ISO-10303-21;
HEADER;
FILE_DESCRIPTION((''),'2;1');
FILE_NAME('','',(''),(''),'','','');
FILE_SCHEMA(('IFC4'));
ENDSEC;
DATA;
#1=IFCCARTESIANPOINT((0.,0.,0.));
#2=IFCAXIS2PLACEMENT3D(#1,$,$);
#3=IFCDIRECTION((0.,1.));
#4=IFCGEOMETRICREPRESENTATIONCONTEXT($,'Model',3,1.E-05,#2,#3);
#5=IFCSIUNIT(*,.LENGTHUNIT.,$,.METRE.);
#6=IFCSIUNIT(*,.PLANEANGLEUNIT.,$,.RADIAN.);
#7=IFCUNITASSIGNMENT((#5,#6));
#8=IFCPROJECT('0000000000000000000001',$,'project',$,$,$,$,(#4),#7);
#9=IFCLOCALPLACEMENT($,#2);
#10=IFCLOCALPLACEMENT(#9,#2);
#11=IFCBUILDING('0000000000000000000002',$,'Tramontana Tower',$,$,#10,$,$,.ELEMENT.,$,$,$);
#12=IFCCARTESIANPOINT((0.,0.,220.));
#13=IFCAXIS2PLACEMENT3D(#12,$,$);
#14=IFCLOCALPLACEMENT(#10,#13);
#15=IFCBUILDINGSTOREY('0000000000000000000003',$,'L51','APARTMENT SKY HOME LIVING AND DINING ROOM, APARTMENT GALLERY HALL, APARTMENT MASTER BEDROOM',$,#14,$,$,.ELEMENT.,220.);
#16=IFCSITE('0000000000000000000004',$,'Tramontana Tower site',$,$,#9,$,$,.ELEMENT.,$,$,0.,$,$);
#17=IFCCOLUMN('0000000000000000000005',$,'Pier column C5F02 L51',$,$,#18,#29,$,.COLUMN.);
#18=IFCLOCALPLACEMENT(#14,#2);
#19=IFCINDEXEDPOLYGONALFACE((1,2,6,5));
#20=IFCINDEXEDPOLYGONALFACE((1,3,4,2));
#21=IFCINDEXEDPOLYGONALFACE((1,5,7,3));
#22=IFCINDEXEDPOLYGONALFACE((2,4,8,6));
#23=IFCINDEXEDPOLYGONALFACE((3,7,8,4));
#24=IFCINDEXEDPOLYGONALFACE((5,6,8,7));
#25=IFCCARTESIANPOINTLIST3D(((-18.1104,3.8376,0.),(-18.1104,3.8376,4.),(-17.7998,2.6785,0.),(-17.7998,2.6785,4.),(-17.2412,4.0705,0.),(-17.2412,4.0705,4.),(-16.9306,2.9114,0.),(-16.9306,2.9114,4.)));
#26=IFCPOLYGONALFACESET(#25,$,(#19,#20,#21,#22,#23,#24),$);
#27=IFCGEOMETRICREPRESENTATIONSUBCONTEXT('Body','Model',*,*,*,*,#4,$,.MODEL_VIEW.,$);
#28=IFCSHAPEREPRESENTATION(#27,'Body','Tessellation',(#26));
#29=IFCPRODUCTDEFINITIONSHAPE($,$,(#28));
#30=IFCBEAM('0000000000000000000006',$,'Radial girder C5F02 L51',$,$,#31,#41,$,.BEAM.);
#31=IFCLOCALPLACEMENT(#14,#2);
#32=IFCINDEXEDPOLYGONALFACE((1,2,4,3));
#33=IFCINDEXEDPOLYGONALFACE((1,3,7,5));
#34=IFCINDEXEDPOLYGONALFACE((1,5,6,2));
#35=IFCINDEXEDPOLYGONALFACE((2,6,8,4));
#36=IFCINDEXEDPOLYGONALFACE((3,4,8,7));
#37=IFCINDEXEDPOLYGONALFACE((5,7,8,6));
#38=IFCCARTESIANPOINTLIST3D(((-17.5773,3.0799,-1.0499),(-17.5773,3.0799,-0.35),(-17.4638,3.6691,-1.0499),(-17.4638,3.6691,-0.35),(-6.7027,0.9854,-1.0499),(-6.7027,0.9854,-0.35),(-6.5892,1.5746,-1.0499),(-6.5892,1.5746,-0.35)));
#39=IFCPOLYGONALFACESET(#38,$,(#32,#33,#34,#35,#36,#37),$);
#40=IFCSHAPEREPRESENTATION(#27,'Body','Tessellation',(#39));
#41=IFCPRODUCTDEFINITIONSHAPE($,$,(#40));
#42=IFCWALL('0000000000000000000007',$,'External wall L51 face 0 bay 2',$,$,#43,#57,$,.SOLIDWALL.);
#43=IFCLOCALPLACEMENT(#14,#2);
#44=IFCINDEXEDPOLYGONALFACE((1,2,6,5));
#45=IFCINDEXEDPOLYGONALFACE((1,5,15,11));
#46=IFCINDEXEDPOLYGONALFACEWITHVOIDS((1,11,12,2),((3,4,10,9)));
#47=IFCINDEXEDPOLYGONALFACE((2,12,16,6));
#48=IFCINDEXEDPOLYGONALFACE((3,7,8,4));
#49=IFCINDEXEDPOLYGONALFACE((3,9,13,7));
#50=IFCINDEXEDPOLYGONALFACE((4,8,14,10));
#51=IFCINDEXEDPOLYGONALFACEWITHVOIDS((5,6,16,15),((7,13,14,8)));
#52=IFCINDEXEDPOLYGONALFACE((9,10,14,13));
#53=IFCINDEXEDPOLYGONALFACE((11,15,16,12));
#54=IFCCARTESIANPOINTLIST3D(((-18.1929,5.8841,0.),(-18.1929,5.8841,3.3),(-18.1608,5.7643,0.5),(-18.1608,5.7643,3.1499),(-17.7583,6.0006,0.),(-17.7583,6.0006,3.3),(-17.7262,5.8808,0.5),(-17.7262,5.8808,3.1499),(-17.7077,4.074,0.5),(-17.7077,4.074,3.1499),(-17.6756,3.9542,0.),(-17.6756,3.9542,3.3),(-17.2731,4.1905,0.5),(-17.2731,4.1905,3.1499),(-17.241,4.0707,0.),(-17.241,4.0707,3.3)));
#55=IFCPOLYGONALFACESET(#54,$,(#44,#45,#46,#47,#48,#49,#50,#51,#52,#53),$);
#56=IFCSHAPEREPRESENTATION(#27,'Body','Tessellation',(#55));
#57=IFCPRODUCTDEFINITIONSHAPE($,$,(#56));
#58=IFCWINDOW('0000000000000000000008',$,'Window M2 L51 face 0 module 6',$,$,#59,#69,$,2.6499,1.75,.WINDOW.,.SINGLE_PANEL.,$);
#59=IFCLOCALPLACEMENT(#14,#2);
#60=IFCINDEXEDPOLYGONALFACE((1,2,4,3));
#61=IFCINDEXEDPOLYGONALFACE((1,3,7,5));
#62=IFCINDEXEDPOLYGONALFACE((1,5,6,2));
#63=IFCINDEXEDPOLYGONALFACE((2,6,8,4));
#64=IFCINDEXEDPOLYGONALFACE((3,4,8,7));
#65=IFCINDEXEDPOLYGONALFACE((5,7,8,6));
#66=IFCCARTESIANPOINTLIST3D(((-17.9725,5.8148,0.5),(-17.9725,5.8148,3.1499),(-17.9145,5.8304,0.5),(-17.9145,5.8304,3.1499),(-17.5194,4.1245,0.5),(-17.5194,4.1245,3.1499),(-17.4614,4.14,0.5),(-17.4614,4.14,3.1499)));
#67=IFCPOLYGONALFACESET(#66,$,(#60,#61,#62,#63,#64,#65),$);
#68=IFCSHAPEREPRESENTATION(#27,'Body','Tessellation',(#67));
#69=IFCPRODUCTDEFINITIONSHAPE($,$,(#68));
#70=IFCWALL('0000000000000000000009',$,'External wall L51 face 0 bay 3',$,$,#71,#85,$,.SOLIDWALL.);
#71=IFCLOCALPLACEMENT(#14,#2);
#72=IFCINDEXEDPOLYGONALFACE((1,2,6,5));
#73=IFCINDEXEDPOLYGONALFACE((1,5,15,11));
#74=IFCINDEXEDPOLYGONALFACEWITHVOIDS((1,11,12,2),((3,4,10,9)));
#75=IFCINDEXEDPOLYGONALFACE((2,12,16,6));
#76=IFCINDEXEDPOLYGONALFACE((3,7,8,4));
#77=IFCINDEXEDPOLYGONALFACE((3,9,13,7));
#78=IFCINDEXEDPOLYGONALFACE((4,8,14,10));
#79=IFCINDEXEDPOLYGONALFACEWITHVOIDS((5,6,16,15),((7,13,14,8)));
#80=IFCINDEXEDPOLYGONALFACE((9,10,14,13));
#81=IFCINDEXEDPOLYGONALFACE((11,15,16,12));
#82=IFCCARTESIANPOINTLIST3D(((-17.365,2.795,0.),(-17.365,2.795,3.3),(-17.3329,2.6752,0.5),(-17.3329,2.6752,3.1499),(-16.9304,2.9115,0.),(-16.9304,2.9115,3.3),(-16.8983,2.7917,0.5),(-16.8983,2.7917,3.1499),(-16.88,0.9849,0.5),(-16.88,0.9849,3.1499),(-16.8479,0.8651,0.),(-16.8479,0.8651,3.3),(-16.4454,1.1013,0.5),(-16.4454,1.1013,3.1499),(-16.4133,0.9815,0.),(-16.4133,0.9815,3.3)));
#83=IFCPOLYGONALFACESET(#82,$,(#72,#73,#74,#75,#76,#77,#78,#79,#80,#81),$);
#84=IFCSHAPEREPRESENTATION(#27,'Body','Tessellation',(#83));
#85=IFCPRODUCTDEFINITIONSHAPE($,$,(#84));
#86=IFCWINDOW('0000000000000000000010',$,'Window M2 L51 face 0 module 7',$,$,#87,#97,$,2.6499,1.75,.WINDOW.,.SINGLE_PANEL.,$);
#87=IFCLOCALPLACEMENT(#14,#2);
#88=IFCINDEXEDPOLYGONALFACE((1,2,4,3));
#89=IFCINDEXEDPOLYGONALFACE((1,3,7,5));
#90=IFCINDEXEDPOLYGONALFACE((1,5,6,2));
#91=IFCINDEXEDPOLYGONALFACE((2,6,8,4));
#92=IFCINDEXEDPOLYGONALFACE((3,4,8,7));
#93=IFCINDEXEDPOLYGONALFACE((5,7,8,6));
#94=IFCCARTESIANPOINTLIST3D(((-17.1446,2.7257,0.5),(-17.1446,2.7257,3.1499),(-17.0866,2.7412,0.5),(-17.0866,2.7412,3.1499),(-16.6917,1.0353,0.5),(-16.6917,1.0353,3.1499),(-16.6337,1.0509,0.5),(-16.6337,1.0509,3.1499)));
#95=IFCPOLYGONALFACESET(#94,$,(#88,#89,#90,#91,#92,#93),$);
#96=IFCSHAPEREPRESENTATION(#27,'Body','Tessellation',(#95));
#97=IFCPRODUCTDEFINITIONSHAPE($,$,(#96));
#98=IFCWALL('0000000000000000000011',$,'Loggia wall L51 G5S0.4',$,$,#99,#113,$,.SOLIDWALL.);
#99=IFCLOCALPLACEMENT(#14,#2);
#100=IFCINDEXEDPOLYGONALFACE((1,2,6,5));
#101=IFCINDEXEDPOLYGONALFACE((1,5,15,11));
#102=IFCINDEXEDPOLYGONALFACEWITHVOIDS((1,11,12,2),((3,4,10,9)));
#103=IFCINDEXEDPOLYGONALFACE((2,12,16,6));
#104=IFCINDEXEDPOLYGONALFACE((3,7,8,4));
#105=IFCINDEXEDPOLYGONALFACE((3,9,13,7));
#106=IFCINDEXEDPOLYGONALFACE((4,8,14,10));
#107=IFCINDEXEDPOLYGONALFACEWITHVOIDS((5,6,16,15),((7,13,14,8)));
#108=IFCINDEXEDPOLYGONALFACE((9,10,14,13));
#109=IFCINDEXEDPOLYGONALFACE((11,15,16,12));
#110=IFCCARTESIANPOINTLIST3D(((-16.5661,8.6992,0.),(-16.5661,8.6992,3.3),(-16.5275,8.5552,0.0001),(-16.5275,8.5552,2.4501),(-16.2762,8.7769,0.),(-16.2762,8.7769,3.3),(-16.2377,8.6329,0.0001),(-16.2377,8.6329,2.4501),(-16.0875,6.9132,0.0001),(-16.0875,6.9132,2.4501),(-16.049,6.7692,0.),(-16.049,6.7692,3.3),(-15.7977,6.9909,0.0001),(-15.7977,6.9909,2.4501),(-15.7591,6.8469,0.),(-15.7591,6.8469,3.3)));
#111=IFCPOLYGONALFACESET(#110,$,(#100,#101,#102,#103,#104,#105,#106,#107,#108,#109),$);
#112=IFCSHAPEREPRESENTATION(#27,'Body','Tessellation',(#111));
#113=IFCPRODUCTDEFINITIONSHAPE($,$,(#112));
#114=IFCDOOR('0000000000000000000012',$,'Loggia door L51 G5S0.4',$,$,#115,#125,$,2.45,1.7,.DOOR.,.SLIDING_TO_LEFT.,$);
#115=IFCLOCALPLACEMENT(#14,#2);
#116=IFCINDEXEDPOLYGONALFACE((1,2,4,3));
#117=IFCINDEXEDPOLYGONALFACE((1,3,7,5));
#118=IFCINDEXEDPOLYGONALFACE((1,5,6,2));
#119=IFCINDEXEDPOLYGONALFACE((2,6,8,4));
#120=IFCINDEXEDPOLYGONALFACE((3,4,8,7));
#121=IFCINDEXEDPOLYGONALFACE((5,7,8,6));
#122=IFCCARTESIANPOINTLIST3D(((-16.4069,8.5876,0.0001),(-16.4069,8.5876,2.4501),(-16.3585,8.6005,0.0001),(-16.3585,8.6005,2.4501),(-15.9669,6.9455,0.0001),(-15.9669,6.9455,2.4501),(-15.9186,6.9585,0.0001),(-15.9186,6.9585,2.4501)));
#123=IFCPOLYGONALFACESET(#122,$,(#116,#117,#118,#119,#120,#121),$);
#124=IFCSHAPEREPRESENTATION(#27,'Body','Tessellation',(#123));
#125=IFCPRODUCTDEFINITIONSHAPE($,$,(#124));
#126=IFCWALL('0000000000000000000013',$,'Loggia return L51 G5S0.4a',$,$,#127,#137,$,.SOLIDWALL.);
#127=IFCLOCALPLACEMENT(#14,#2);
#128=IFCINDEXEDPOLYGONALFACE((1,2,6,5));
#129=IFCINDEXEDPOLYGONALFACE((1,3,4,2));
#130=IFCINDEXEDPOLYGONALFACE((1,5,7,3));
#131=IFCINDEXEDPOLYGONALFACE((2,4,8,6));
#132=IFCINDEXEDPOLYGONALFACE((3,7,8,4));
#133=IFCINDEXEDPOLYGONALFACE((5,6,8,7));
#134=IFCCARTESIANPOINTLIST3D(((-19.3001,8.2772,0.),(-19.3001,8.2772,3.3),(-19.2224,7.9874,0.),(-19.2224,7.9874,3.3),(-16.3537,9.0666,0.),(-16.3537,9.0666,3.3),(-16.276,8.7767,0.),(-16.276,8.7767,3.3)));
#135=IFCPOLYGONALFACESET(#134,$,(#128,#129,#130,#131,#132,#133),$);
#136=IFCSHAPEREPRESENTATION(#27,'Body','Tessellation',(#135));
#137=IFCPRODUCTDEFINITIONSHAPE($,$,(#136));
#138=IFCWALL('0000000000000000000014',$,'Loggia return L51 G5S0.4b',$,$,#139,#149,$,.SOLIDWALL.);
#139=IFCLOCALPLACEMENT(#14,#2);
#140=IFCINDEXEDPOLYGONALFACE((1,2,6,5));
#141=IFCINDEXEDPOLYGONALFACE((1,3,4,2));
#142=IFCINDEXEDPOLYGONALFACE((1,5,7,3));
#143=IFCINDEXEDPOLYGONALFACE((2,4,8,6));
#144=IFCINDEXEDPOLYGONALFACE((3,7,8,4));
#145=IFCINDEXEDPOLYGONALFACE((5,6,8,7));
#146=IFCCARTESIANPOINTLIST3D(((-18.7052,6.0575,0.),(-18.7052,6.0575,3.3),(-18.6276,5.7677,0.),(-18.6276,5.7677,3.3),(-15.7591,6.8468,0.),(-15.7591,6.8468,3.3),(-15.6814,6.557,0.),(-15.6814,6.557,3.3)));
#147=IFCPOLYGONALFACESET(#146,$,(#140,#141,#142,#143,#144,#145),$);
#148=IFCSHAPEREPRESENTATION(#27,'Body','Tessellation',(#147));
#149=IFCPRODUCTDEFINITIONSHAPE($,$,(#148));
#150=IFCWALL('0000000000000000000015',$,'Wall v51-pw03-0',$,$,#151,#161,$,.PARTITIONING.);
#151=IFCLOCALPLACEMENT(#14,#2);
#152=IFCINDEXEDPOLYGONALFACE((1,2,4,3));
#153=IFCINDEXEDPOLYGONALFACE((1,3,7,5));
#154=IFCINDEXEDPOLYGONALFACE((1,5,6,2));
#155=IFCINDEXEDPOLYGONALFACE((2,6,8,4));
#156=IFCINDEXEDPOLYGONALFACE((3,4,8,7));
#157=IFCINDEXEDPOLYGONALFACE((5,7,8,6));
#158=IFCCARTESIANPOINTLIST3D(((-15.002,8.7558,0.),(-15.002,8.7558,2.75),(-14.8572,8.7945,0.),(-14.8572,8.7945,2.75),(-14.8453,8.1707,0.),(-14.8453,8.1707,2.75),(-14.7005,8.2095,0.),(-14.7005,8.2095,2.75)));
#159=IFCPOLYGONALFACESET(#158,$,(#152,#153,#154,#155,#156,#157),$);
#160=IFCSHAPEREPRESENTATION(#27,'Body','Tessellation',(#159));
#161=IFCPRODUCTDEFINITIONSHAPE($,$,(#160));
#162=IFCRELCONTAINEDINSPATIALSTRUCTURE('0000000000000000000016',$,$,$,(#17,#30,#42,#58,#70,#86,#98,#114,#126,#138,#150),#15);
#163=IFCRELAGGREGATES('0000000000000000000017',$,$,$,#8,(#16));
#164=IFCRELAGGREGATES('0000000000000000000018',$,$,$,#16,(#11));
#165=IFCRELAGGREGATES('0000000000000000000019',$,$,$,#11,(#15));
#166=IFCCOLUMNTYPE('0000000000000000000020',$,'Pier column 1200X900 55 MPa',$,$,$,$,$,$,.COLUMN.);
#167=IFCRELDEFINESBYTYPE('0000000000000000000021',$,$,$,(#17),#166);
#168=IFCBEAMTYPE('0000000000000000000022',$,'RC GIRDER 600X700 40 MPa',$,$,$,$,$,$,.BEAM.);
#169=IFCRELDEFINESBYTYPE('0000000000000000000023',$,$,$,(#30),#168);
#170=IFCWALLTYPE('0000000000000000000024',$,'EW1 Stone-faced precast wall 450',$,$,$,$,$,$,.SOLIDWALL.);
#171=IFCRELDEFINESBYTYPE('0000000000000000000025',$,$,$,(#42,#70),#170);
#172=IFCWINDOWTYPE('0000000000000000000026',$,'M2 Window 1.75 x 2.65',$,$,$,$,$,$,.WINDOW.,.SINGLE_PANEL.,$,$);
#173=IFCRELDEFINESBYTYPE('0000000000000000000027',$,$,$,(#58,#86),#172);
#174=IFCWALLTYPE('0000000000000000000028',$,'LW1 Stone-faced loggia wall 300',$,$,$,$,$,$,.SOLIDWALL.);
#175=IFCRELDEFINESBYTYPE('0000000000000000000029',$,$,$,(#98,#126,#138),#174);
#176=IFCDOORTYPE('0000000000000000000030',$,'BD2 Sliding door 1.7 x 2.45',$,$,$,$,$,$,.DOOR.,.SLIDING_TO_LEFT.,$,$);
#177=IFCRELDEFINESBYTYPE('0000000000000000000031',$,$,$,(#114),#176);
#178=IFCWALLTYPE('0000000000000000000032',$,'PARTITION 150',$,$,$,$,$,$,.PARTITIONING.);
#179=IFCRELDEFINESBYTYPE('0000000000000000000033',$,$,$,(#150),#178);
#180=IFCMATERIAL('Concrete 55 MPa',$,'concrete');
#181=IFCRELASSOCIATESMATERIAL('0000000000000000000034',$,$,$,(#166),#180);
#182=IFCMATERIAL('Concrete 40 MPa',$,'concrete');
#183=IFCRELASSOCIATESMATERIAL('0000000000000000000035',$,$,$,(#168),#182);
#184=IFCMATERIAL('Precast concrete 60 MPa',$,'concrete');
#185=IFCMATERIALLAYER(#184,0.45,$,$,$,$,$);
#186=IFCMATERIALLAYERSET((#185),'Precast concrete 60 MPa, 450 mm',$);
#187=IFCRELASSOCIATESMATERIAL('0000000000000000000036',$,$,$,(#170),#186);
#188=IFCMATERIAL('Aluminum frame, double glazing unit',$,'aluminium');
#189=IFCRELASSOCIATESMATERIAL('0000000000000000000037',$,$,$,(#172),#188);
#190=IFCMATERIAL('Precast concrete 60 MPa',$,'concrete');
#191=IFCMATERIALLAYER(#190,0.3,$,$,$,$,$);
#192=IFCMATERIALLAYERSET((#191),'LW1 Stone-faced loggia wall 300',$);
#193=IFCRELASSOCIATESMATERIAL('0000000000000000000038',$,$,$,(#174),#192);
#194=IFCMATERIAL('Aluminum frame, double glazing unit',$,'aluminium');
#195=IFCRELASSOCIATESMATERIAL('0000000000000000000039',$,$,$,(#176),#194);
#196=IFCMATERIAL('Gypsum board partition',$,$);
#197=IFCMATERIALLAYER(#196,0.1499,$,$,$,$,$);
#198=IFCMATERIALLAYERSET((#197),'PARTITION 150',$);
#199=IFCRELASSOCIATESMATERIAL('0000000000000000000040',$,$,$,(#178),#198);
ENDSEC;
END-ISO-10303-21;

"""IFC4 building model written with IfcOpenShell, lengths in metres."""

from ifc_helpers import new_model, si_unit, direction, frame, frame_2d, origin, origin_2d, place, context, subcontext, project, spatial, rectangle, extrude, material, layer, layer_set, material_profile, profile_set, type_object, element, fill, save


model = new_model("IFC4")

# Units and contexts
model_context = context("Model", 3, precision=1e-05, world=origin(), true_north=direction((0.0, 1.0)))
body_context = subcontext(model_context, "Body", "Model", "MODEL_VIEW")
ifc_project = project(units=[si_unit("LENGTHUNIT", "METRE"), si_unit("PLANEANGLEUNIT", "RADIAN")], contexts=[model_context])

# Site, building, storey
site_placement = place(None, origin())
site = spatial("IfcSite", under=ifc_project, at=site_placement, Name="Tramontana Tower site", CompositionType="ELEMENT", RefElevation=0.0)
building_placement = place(site_placement, origin())
building = spatial("IfcBuilding", under=site, at=building_placement, Name="Tramontana Tower", CompositionType="ELEMENT")
storey_placement = place(building_placement, frame((0.0, 0.0, 220.0)))
storey = spatial("IfcBuildingStorey", under=building, at=storey_placement, Name="L51", Description="APARTMENT SKY HOME LIVING AND DINING ROOM, APARTMENT GALLERY HALL, APARTMENT MASTER BEDROOM", CompositionType="ELEMENT", Elevation=220.0)

# Column
ifc_material_1 = material(Name="Concrete 55 MPa", Category="concrete")
ifc_material_profile_1 = material_profile(ifc_material_1, rectangle(XDim=1.2, YDim=0.8999, at=origin_2d()), Name="Pier column 1200X900 55 MPa")
ifc_profile_set_1 = profile_set([ifc_material_profile_1], Name="Concrete 55 MPa")
column_type = type_object("IfcColumnType", Name="Pier column 1200X900 55 MPa", PredefinedType="COLUMN", material=ifc_profile_set_1)
column_placement = place(storey_placement, frame((-17.5205, 3.3745, 0.0), z_axis=(0.0, 0.0, 1.0), x_axis=(0.258819, -0.965926, 0.0)))
element("IfcColumn", 1, at=column_placement, inside=storey, type_object=column_type, Name="Pier column C5F02 L51", PredefinedType="COLUMN", context=body_context, shape_type="SweptSolid", body=[
    extrude(rectangle(XDim=1.2, YDim=0.8999, at=origin_2d()), origin(), (0.0, 0.0, 1.0), 4.0),
])

# Beam
ifc_material_2 = material(Name="Concrete 40 MPa", Category="concrete")
ifc_material_profile_2 = material_profile(ifc_material_2, rectangle(XDim=0.6001, YDim=0.7, at=origin_2d()), Name="RC GIRDER 600X700 40 MPa")
ifc_profile_set_2 = profile_set([ifc_material_profile_2], Name="Concrete 40 MPa")
beam_type = type_object("IfcBeamType", Name="RC GIRDER 600X700 40 MPa", PredefinedType="BEAM", material=ifc_profile_set_2)
beam_placement = place(storey_placement, frame((-17.5205, 3.3745, -0.7), z_axis=(0.981952, -0.189129, 0.0), x_axis=(0.189129, 0.981952, 0.0)))
element("IfcBeam", 2, at=beam_placement, inside=storey, type_object=beam_type, Name="Radial girder C5F02 L51", PredefinedType="BEAM", context=body_context, shape_type="SweptSolid", body=[
    extrude(rectangle(XDim=0.6001, YDim=0.7, at=origin_2d()), origin(), (0.0, 0.0, 1.0), 11.0745),
])

# Walls, openings, windows
ifc_material_3 = material(Name="Precast concrete 60 MPa", Category="concrete")
ifc_layer_1 = layer(ifc_material_3, 0.45)
ifc_layer_set_1 = layer_set([ifc_layer_1], Name="Precast concrete 60 MPa, 450 mm")
wall_type_1 = type_object("IfcWallType", Name="EW1 Stone-faced precast wall 450", PredefinedType="SOLIDWALL", material=ifc_layer_set_1)
wall_1_placement = place(storey_placement, frame((-17.9756, 5.9424, 0.0), z_axis=(0.0, 0.0, 1.0), x_axis=(0.258917, -0.9659, 0.0)))
wall_1 = element("IfcWall", 3, at=wall_1_placement, inside=storey, type_object=wall_type_1, Name="External wall L51 face 0 bay 2", PredefinedType="SOLIDWALL", context=body_context, shape_type="SweptSolid", body=[
    extrude(rectangle(XDim=1.998, YDim=0.45, at=frame_2d((0.999, 0.0))), origin(), (0.0, 0.0, 1.0), 3.3),
])
opening_1_placement = place(wall_1_placement, frame((0.124, 0.0, 0.5)))
opening_1 = element("IfcOpeningElement", 4, at=opening_1_placement, cuts=wall_1, PredefinedType="OPENING", context=body_context, shape_type="SweptSolid", body=[
    extrude(rectangle(XDim=1.75, YDim=2.6499, at=frame_2d((0.875, 1.325))), frame((0.0, 0.2349, 0.0), z_axis=(0.0, -1.0, 0.0), x_axis=(1.0, 0.0, 0.0)), (0.0, 0.0, 1.0), 0.47),
])
ifc_material_4 = material(Name="Aluminum frame, double glazing unit", Category="aluminium")
window_type = type_object("IfcWindowType", Name="M2 Window 1.75 x 2.65", PartitioningType="SINGLE_PANEL", PredefinedType="WINDOW", material=ifc_material_4)
window_1_placement = place(opening_1_placement, origin())
window_1 = element("IfcWindow", 5, at=window_1_placement, inside=storey, type_object=window_type, Name="Window M2 L51 face 0 module 6", OverallHeight=2.6499, OverallWidth=1.75, PartitioningType="SINGLE_PANEL", PredefinedType="WINDOW", context=body_context, shape_type="SweptSolid", body=[
    extrude(rectangle(XDim=1.75, YDim=2.6499, at=frame_2d((0.875, 1.325))), frame((0.0, 0.03, 0.0), z_axis=(0.0, -1.0, 0.0), x_axis=(1.0, 0.0, 0.0)), (0.0, 0.0, 1.0), 0.0601),
])
fill(opening_1, window_1)
wall_2_placement = place(storey_placement, frame((-17.1477, 2.8533, 0.0), z_axis=(0.0, 0.0, 1.0), x_axis=(0.258803, -0.96593, 0.0)))
wall_2 = element("IfcWall", 6, at=wall_2_placement, inside=storey, type_object=wall_type_1, Name="External wall L51 face 0 bay 3", PredefinedType="SOLIDWALL", context=body_context, shape_type="SweptSolid", body=[
    extrude(rectangle(XDim=1.998, YDim=0.45, at=frame_2d((0.999, 0.0))), origin(), (0.0, 0.0, 1.0), 3.3),
])
opening_2_placement = place(wall_2_placement, frame((0.124, 0.0, 0.5)))
opening_2 = element("IfcOpeningElement", 7, at=opening_2_placement, cuts=wall_2, PredefinedType="OPENING", context=body_context, shape_type="SweptSolid", body=[
    extrude(rectangle(XDim=1.75, YDim=2.6499, at=frame_2d((0.875, 1.325))), frame((0.0, 0.2349, 0.0), z_axis=(0.0, -1.0, 0.0), x_axis=(1.0, 0.0, 0.0)), (0.0, 0.0, 1.0), 0.47),
])
window_2_placement = place(opening_2_placement, origin())
window_2 = element("IfcWindow", 8, at=window_2_placement, inside=storey, type_object=window_type, Name="Window M2 L51 face 0 module 7", OverallHeight=2.6499, OverallWidth=1.75, PartitioningType="SINGLE_PANEL", PredefinedType="WINDOW", context=body_context, shape_type="SweptSolid", body=[
    extrude(rectangle(XDim=1.75, YDim=2.6499, at=frame_2d((0.875, 1.325))), frame((0.0, 0.03, 0.0), z_axis=(0.0, -1.0, 0.0), x_axis=(1.0, 0.0, 0.0)), (0.0, 0.0, 1.0), 0.0601),
])
fill(opening_2, window_2)

# Wall, opening, door
ifc_material_5 = material(Name="Precast concrete 60 MPa", Category="concrete")
ifc_layer_2 = layer(ifc_material_5, 0.3)
ifc_layer_set_2 = layer_set([ifc_layer_2], Name="LW1 Stone-faced loggia wall 300")
wall_type_2 = type_object("IfcWallType", Name="LW1 Stone-faced loggia wall 300", PredefinedType="SOLIDWALL", material=ifc_layer_set_2)
wall_3_placement = place(storey_placement, frame((-16.4211, 8.738, 0.0), z_axis=(0.0, 0.0, 1.0), x_axis=(0.258803, -0.96593, 0.0)))
wall_3 = element("IfcWall", 9, at=wall_3_placement, inside=storey, type_object=wall_type_2, Name="Loggia wall L51 G5S0.4", PredefinedType="SOLIDWALL", context=body_context, shape_type="SweptSolid", body=[
    extrude(rectangle(XDim=1.998, YDim=0.3, at=frame_2d((0.999, 0.0))), origin(), (0.0, 0.0, 1.0), 3.3),
])
opening_3_placement = place(wall_3_placement, frame((0.1489, 0.0, 0.0)))
opening_3 = element("IfcOpeningElement", 10, at=opening_3_placement, cuts=wall_3, PredefinedType="OPENING", context=body_context, shape_type="SweptSolid", body=[
    extrude(rectangle(XDim=1.7, YDim=2.45, at=frame_2d((0.8501, 1.2251))), frame((0.0, 0.1599, 0.0), z_axis=(0.0, -1.0, 0.0), x_axis=(1.0, 0.0, 0.0)), (0.0, 0.0, 1.0), 0.3201),
])
ifc_material_6 = material(Name="Aluminum frame, double glazing unit", Category="aluminium")
door_type = type_object("IfcDoorType", Name="BD2 Sliding door 1.7 x 2.45", OperationType="SLIDING_TO_LEFT", PredefinedType="DOOR", material=ifc_material_6)
door_placement = place(opening_3_placement, origin())
door = element("IfcDoor", 11, at=door_placement, inside=storey, type_object=door_type, Name="Loggia door L51 G5S0.4", OperationType="SLIDING_TO_LEFT", OverallHeight=2.45, OverallWidth=1.7, PredefinedType="DOOR", context=body_context, shape_type="SweptSolid", body=[
    extrude(rectangle(XDim=1.7, YDim=2.45, at=frame_2d((0.8501, 1.2251))), frame((0.0, 0.0249, 0.0), z_axis=(0.0, -1.0, 0.0), x_axis=(1.0, 0.0, 0.0)), (0.0, 0.0, 1.0), 0.05),
])
fill(opening_3, door)

# Walls
wall_4_placement = place(storey_placement, frame((-19.2612, 8.1323, 0.0), z_axis=(0.0, 0.0, 1.0), x_axis=(0.965938, 0.258773, 0.0)))
element("IfcWall", 12, at=wall_4_placement, inside=storey, type_object=wall_type_2, Name="Loggia return L51 G5S0.4a", PredefinedType="SOLIDWALL", context=body_context, shape_type="SweptSolid", body=[
    extrude(rectangle(XDim=3.0503, YDim=0.3, at=frame_2d((1.5251, 0.0))), origin(), (0.0, 0.0, 1.0), 3.3),
])
wall_5_placement = place(storey_placement, frame((-18.6663, 5.9126, 0.0), z_axis=(0.0, 0.0, 1.0), x_axis=(0.965933, 0.258793, 0.0)))
element("IfcWall", 13, at=wall_5_placement, inside=storey, type_object=wall_type_2, Name="Loggia return L51 G5S0.4b", PredefinedType="SOLIDWALL", context=body_context, shape_type="SweptSolid", body=[
    extrude(rectangle(XDim=3.05, YDim=0.3, at=frame_2d((1.5249, 0.0))), origin(), (0.0, 0.0, 1.0), 3.3),
])
ifc_material_7 = material(Name="Gypsum board partition")
ifc_layer_3 = layer(ifc_material_7, 0.1499)
ifc_layer_set_3 = layer_set([ifc_layer_3], Name="PARTITION 150")
wall_type_3 = type_object("IfcWallType", Name="PARTITION 150", PredefinedType="PARTITIONING", material=ifc_layer_set_3)
wall_6_placement = place(storey_placement, frame((-14.7729, 8.1902, 0.0), z_axis=(0.0, 0.0, 1.0), x_axis=(-0.258716, 0.965953, 0.0)))
element("IfcWall", 14, at=wall_6_placement, inside=storey, type_object=wall_type_3, Name="Wall v51-pw03-0", PredefinedType="PARTITIONING", context=body_context, shape_type="SweptSolid", body=[
    extrude(rectangle(XDim=0.6057, YDim=0.1499, at=frame_2d((0.3027, 0.0))), origin(), (0.0, 0.0, 1.0), 2.75),
])

save(model, "model.ifc")
